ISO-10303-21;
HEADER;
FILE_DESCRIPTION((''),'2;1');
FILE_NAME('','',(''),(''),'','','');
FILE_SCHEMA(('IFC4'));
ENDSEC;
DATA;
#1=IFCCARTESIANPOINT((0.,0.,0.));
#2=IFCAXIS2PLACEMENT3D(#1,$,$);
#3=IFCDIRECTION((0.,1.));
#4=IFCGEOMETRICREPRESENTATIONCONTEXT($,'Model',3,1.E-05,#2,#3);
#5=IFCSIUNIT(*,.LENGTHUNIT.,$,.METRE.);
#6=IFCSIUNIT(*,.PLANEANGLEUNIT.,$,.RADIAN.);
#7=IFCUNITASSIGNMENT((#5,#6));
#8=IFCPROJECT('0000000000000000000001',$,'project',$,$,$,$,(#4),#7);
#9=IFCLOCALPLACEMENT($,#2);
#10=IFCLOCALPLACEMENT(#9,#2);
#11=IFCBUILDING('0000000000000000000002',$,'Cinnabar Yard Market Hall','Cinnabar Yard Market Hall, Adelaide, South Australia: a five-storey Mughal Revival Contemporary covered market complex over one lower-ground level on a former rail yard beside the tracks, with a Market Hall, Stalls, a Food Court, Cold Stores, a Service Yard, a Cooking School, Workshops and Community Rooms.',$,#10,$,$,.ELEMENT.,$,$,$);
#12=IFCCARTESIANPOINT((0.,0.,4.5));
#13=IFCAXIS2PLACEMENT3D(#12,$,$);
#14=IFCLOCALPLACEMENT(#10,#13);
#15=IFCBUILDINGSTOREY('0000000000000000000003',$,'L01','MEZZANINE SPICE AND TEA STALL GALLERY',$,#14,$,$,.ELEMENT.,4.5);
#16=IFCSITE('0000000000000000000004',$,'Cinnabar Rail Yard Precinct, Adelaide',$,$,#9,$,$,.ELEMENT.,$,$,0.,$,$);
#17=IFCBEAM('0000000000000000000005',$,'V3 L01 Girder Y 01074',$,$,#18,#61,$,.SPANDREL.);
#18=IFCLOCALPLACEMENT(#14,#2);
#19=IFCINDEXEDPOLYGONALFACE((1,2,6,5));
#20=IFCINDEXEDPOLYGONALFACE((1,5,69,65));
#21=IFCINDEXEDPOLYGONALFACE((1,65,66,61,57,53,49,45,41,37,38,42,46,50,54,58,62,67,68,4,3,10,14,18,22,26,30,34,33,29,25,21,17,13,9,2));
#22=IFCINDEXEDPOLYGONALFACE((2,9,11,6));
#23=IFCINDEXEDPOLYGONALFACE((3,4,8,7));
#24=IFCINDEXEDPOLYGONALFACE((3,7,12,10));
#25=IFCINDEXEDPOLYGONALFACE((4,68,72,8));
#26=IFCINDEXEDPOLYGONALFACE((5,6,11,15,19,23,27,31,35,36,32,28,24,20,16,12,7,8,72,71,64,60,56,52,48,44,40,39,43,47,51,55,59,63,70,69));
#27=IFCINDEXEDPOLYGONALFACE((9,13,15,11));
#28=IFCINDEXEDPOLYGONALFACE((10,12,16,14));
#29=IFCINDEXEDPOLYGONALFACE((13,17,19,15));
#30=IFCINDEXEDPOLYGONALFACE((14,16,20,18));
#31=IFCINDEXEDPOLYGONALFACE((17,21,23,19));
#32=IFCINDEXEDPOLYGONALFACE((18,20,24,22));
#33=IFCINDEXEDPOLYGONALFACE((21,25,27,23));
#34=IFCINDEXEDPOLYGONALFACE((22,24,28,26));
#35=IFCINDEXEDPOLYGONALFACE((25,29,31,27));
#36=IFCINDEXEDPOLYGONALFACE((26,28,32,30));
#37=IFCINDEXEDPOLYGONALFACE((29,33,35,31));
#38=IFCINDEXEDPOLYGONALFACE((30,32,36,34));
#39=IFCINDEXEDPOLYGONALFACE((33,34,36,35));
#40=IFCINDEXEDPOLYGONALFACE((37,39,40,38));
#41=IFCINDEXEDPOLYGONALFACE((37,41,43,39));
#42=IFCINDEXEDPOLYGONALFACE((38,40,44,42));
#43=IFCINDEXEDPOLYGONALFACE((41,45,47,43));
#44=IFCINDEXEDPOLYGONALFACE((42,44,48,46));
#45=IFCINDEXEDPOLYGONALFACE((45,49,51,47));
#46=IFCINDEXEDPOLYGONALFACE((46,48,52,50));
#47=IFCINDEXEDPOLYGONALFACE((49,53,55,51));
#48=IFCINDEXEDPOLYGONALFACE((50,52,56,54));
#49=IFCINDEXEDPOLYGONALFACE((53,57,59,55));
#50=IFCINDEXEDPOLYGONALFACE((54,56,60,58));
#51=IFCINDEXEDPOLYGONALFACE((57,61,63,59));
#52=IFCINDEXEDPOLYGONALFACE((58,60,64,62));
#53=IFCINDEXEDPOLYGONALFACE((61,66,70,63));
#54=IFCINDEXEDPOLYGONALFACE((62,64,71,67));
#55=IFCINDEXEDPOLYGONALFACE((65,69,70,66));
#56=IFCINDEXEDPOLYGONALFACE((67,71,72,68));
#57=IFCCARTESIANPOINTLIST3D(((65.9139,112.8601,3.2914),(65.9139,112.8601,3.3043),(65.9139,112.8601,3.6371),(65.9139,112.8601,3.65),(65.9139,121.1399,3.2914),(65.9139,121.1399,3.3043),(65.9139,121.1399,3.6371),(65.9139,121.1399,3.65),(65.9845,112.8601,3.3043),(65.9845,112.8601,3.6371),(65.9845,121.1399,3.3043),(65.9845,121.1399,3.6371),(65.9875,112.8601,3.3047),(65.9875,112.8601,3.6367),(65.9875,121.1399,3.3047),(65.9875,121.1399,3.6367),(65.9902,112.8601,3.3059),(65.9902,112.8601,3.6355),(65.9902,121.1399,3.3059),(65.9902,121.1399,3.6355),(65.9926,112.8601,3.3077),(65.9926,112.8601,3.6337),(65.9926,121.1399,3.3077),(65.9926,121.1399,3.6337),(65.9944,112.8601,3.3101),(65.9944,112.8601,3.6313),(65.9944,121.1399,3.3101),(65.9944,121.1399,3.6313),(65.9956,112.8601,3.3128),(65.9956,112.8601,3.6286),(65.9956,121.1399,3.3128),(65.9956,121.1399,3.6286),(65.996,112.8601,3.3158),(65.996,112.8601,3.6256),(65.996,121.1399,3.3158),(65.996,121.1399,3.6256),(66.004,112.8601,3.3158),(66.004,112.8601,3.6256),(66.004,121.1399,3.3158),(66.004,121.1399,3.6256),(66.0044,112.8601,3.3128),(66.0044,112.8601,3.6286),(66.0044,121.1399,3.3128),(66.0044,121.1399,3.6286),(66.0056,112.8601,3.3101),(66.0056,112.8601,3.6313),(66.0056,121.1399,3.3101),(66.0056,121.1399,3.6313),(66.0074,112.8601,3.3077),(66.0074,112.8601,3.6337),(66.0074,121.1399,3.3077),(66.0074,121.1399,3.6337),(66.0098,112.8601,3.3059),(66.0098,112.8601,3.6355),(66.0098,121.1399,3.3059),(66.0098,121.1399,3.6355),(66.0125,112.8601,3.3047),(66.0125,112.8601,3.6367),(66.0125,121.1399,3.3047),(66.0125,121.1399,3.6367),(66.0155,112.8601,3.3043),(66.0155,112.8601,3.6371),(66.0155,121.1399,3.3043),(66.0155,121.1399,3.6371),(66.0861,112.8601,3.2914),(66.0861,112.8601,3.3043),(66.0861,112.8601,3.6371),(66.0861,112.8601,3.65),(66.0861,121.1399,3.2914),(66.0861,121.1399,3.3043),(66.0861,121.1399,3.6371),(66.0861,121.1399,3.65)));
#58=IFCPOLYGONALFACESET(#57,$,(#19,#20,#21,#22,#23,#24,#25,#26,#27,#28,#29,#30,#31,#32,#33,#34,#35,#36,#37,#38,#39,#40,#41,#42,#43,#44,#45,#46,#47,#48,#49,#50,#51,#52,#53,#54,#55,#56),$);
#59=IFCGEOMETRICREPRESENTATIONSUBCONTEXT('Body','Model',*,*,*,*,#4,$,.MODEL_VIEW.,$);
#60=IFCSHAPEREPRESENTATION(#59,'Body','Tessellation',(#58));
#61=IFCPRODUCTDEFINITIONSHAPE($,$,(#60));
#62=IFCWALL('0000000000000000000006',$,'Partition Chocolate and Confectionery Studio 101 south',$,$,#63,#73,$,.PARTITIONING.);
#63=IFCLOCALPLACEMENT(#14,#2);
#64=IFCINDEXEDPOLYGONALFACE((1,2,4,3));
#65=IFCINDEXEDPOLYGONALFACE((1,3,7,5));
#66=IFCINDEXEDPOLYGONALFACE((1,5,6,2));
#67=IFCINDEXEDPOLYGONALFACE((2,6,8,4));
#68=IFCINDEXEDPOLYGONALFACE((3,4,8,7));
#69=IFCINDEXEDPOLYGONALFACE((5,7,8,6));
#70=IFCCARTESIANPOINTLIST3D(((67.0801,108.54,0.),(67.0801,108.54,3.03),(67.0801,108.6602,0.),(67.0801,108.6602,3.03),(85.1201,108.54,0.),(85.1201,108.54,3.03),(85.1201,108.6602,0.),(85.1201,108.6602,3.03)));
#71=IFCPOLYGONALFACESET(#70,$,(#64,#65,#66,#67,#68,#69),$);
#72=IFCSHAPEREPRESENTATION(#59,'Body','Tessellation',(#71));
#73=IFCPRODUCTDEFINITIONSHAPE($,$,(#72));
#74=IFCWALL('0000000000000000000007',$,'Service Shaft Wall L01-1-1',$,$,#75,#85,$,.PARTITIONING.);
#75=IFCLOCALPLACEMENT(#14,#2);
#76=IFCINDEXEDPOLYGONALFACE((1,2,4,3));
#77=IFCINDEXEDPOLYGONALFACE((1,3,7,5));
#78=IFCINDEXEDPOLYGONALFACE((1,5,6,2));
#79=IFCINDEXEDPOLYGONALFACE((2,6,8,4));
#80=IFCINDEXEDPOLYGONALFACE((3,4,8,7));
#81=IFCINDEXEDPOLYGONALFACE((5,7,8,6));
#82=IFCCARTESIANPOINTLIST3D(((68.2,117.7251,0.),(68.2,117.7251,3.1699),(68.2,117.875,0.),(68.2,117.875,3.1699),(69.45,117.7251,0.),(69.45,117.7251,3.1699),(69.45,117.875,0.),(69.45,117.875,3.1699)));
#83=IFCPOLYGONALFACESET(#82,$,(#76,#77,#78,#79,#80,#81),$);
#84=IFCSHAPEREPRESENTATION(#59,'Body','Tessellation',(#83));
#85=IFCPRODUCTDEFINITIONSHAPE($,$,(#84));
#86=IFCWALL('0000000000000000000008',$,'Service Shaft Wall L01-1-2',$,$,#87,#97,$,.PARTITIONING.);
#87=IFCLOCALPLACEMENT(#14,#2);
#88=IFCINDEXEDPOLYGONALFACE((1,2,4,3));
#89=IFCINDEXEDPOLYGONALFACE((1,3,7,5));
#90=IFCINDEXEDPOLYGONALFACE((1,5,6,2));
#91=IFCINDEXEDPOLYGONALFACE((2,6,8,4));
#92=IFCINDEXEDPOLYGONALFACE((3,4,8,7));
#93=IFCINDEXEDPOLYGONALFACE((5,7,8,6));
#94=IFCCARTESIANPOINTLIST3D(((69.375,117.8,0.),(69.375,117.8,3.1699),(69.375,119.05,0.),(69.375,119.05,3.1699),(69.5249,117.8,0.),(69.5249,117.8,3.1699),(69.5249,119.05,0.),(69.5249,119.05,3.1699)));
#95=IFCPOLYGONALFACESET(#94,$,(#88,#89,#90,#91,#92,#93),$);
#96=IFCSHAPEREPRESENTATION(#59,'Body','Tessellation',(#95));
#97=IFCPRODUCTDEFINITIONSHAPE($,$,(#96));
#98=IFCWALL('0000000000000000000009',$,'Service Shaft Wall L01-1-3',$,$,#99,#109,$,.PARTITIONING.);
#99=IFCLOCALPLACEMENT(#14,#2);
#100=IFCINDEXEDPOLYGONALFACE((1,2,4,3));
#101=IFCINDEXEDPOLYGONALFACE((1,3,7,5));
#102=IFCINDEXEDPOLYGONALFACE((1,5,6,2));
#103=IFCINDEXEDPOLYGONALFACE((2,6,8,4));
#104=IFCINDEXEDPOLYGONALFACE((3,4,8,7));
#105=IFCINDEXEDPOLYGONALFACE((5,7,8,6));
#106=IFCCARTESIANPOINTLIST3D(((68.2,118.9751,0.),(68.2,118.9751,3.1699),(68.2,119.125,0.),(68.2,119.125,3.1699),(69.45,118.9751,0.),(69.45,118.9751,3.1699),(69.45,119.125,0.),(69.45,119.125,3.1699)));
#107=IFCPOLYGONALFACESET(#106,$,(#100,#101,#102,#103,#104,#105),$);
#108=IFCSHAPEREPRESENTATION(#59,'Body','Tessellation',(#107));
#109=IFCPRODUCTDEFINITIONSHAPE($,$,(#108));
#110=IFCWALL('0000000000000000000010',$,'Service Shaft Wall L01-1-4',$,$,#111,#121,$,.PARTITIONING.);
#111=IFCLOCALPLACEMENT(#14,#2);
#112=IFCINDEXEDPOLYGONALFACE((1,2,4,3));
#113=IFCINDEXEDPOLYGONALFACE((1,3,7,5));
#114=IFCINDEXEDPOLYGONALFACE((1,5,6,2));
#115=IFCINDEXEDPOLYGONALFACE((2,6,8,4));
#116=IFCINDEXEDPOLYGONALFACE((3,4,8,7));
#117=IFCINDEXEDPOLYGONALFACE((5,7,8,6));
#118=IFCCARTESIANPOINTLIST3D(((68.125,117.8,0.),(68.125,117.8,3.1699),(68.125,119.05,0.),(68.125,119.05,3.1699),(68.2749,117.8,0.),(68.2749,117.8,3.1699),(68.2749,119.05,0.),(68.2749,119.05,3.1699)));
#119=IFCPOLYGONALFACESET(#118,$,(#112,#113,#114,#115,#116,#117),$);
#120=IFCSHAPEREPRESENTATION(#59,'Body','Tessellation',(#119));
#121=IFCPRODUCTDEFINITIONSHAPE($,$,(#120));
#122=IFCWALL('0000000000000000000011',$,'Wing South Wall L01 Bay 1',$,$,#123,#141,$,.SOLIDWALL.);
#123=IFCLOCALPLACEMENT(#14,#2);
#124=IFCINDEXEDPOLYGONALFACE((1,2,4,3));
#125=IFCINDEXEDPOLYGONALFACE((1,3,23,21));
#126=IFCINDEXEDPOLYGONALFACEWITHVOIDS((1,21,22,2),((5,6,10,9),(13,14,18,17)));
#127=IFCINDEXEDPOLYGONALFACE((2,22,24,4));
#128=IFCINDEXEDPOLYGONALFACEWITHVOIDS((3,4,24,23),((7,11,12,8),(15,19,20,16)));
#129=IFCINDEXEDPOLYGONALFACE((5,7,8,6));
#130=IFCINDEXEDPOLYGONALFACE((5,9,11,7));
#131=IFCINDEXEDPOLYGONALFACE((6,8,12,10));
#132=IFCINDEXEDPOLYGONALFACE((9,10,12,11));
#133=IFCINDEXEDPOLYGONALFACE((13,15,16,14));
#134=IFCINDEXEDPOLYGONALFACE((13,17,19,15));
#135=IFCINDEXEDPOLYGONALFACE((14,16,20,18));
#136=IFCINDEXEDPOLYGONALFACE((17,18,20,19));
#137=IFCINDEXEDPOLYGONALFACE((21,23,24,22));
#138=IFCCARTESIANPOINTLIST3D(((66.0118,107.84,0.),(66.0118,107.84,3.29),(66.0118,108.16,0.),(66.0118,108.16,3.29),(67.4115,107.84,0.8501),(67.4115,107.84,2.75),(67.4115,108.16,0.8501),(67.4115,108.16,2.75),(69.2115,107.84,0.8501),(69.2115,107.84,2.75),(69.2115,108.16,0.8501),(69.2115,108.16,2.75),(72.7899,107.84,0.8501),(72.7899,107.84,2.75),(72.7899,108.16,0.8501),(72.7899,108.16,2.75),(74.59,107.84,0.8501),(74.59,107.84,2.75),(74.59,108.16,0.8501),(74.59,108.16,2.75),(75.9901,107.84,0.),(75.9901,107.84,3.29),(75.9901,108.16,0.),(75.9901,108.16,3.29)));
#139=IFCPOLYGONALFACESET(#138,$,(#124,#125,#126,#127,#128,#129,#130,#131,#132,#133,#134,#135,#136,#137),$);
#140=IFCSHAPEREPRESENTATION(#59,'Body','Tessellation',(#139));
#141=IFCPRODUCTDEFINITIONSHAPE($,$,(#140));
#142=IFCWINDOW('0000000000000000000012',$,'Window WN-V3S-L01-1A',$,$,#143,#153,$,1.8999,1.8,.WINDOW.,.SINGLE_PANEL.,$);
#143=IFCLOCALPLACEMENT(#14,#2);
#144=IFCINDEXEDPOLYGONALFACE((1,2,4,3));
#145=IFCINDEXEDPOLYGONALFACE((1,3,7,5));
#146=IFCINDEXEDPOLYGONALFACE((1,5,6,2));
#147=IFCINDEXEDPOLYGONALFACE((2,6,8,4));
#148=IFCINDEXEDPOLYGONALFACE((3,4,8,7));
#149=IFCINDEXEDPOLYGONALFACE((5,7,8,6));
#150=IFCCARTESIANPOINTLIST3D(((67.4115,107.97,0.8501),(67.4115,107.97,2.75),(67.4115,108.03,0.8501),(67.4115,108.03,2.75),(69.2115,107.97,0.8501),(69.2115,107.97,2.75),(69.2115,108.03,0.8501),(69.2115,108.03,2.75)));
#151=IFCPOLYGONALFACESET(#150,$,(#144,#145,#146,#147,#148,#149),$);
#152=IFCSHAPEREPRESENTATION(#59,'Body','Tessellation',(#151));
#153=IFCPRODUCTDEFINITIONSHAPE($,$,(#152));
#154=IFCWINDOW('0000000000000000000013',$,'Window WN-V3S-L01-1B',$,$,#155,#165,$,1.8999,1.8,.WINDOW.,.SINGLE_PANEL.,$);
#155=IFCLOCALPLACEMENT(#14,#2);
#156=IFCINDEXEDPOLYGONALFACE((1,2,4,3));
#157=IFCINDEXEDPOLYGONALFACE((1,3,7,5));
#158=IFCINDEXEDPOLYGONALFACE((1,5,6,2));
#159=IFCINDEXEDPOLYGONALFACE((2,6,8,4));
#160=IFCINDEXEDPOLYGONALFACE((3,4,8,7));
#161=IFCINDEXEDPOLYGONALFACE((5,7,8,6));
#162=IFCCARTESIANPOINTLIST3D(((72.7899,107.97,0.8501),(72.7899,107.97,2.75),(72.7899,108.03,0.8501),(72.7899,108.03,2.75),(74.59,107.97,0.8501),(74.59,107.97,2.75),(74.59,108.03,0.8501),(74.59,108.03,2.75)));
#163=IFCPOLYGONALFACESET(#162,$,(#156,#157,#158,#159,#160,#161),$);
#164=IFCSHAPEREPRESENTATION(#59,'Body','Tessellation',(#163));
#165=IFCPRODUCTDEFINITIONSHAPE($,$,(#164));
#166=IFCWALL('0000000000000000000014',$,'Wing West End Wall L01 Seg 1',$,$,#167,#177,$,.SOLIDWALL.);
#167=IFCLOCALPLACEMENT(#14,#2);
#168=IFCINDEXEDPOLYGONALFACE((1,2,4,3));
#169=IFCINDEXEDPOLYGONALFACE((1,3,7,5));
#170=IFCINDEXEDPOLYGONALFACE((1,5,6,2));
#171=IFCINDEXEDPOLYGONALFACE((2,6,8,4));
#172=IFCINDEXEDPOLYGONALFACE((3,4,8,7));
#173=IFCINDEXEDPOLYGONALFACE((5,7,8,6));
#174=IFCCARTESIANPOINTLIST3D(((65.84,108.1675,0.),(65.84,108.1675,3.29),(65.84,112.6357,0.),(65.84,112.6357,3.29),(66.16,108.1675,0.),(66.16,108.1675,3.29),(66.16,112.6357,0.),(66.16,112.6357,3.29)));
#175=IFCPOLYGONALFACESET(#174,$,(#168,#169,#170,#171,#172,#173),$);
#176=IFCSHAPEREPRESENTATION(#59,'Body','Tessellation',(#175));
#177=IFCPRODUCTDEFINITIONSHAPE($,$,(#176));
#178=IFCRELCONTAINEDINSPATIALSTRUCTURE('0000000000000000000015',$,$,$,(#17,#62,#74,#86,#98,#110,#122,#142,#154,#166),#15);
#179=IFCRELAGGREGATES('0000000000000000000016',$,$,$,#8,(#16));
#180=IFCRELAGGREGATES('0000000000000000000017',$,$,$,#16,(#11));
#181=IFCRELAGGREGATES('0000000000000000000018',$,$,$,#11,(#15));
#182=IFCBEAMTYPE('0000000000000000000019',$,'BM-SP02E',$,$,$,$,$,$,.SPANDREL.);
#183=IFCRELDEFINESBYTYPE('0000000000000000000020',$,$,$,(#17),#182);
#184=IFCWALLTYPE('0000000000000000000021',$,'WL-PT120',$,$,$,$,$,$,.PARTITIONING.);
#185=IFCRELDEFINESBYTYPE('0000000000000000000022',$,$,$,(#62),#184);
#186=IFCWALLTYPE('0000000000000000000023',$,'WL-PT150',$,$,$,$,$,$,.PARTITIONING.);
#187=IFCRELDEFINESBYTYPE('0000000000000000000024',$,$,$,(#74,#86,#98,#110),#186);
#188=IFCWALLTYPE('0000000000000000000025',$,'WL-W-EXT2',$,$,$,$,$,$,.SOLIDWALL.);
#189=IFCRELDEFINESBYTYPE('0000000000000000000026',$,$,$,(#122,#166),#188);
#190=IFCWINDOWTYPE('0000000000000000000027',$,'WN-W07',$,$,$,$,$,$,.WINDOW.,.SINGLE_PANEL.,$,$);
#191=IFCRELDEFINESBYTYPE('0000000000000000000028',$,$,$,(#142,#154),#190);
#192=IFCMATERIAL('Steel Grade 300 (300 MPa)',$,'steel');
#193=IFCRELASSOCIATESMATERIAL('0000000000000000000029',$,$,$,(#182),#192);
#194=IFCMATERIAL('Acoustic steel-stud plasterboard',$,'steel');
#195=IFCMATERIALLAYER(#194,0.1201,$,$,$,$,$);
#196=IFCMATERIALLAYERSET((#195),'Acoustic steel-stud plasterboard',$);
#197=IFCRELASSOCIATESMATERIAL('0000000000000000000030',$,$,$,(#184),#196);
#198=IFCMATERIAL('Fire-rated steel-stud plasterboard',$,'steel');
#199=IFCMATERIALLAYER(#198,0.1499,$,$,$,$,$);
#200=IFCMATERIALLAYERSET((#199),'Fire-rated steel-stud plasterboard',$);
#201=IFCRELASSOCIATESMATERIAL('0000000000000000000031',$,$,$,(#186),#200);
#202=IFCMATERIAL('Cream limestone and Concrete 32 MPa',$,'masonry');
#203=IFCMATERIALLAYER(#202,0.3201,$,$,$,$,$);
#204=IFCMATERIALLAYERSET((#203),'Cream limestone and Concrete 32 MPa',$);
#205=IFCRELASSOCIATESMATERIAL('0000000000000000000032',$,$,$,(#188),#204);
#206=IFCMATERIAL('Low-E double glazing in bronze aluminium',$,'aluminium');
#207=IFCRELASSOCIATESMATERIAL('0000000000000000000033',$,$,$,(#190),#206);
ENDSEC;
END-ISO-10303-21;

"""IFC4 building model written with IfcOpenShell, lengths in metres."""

from ifc_helpers import new_model, si_unit, direction, frame, frame_2d, origin, origin_2d_with_axis, place, context, subcontext, project, spatial, rectangle, i_section, extrude, material, layer, layer_set, material_profile, profile_set, type_object, element, fill, save


model = new_model("IFC4")

# Units and contexts
model_context = context("Model", 3, precision=1e-05, world=origin(), true_north=direction((0.0, 1.0)))
body_context = subcontext(model_context, "Body", "Model", "MODEL_VIEW")
ifc_project = project(units=[si_unit("LENGTHUNIT", "METRE"), si_unit("PLANEANGLEUNIT", "RADIAN")], contexts=[model_context])

# Site, building, storey
site_placement = place(None, origin())
site = spatial("IfcSite", under=ifc_project, at=site_placement, Name="Cinnabar Rail Yard Precinct, Adelaide", CompositionType="ELEMENT", RefElevation=0.0)
building_placement = place(site_placement, origin())
building = spatial("IfcBuilding", under=site, at=building_placement, Name="Cinnabar Yard Market Hall", Description="Cinnabar Yard Market Hall, Adelaide, South Australia: a five-storey Mughal Revival Contemporary covered market complex over one lower-ground level on a former rail yard beside the tracks, with a Market Hall, Stalls, a Food Court, Cold Stores, a Service Yard, a Cooking School, Workshops and Community Rooms.", CompositionType="ELEMENT")
storey_placement = place(building_placement, frame((0.0, 0.0, 4.5)))
storey = spatial("IfcBuildingStorey", under=building, at=storey_placement, Name="L01", Description="MEZZANINE SPICE AND TEA STALL GALLERY", CompositionType="ELEMENT", Elevation=4.5)

# Beam
ifc_material_1 = material(Name="Steel Grade 300 (300 MPa)", Category="steel")
ifc_material_profile_1 = material_profile(ifc_material_1, i_section(OverallWidth=0.1721, OverallDepth=0.3586, WebThickness=0.0081, FlangeThickness=0.0129, FilletRadius=0.0115, at=origin_2d_with_axis()), Name="360UB56.7")
ifc_profile_set_1 = profile_set([ifc_material_profile_1], Name="Steel Grade 300 (300 MPa)")
beam_type_1 = type_object("IfcBeamType", Name="BM-SP02E", PredefinedType="SPANDREL", material=ifc_profile_set_1)
beam_1_placement = place(storey_placement, frame((66.0, 112.8601, 3.4707), z_axis=(0.0, 1.0, 0.0), x_axis=(-1.0, 0.0, 0.0)))
element("IfcBeam", 1, at=beam_1_placement, inside=storey, type_object=beam_type_1, Name="V3 L01 Girder Y 01074", PredefinedType="SPANDREL", context=body_context, shape_type="SweptSolid", body=[
    extrude(i_section(OverallWidth=0.1721, OverallDepth=0.3586, WebThickness=0.0081, FlangeThickness=0.0129, FilletRadius=0.0115, at=origin_2d_with_axis()), origin(), (0.0, 0.0, 1.0), 8.2798),
])

# Walls
ifc_material_2 = material(Name="Acoustic steel-stud plasterboard", Category="steel")
ifc_layer_1 = layer(ifc_material_2, 0.1201)
ifc_layer_set_1 = layer_set([ifc_layer_1], Name="Acoustic steel-stud plasterboard")
wall_type_1 = type_object("IfcWallType", Name="WL-PT120", PredefinedType="PARTITIONING", material=ifc_layer_set_1)
wall_1_placement = place(storey_placement, frame((67.0801, 108.6001, 0.0), z_axis=(0.0, 0.0, 1.0), x_axis=(1.0, 0.0, 0.0)))
element("IfcWall", 2, at=wall_1_placement, inside=storey, type_object=wall_type_1, Name="Partition Chocolate and Confectionery Studio 101 south", PredefinedType="PARTITIONING", context=body_context, shape_type="SweptSolid", body=[
    extrude(rectangle(XDim=18.04, YDim=0.1201, at=frame_2d((9.02, 0.0), x_axis=(1.0, 0.0))), origin(), (0.0, 0.0, 1.0), 3.03),
])
ifc_material_3 = material(Name="Fire-rated steel-stud plasterboard", Category="steel")
ifc_layer_2 = layer(ifc_material_3, 0.1499)
ifc_layer_set_2 = layer_set([ifc_layer_2], Name="Fire-rated steel-stud plasterboard")
wall_type_2 = type_object("IfcWallType", Name="WL-PT150", PredefinedType="PARTITIONING", material=ifc_layer_set_2)
for number, where, z_axis, x_axis, name in (
    (3, (68.2, 117.8, 0.0), (0.0, 0.0, 1.0), (1.0, 0.0, 0.0), "Service Shaft Wall L01-1-1"),
    (4, (69.45, 117.8, 0.0), (0.0, 0.0, 1.0), (0.0, 1.0, 0.0), "Service Shaft Wall L01-1-2"),
    (5, (69.45, 119.05, 0.0), (0.0, 0.0, 1.0), (-1.0, 0.0, 0.0), "Service Shaft Wall L01-1-3"),
    (6, (68.2, 119.05, 0.0), (0.0, 0.0, 1.0), (0.0, -1.0, 0.0), "Service Shaft Wall L01-1-4"),
):
    element("IfcWall", number, at=place(storey_placement, frame(where, z_axis=z_axis, x_axis=x_axis)), inside=storey, type_object=wall_type_2, Name=name, PredefinedType="PARTITIONING", context=body_context, shape_type="SweptSolid", body=[
        extrude(rectangle(XDim=1.25, YDim=0.1499, at=frame_2d((0.625, 0.0), x_axis=(1.0, 0.0))), origin(), (0.0, 0.0, 1.0), 3.1699),
    ])

# Wall, openings, windows
ifc_material_4 = material(Name="Cream limestone and Concrete 32 MPa", Category="masonry")
ifc_layer_3 = layer(ifc_material_4, 0.3201)
ifc_layer_set_3 = layer_set([ifc_layer_3], Name="Cream limestone and Concrete 32 MPa")
wall_type_3 = type_object("IfcWallType", Name="WL-W-EXT2", PredefinedType="SOLIDWALL", material=ifc_layer_set_3)
wall_2_placement = place(storey_placement, frame((66.0117, 108.0, 0.0), z_axis=(0.0, 0.0, 1.0), x_axis=(1.0, 0.0, 0.0)))
wall_2 = element("IfcWall", 7, at=wall_2_placement, inside=storey, type_object=wall_type_3, Name="Wing South Wall L01 Bay 1", PredefinedType="SOLIDWALL", context=body_context, shape_type="SweptSolid", body=[
    extrude(rectangle(XDim=9.9783, YDim=0.3201, at=frame_2d((4.9893, 0.0), x_axis=(1.0, 0.0))), origin(), (0.0, 0.0, 1.0), 3.29),
])
opening_1_placement = place(wall_2_placement, frame((1.3999, 0.0, 0.8501)))
opening_1 = element("IfcOpeningElement", 8, at=opening_1_placement, cuts=wall_2, PredefinedType="OPENING", context=body_context, shape_type="SweptSolid", body=[
    extrude(rectangle(XDim=1.8, YDim=1.8999, at=frame_2d((0.8999, 0.95), x_axis=(1.0, 0.0))), frame((0.0, 0.1699, 0.0), z_axis=(0.0, -1.0, 0.0), x_axis=(1.0, 0.0, 0.0)), (0.0, 0.0, 1.0), 0.3401),
])
opening_2_placement = place(wall_2_placement, frame((6.7783, 0.0, 0.8501)))
opening_2 = element("IfcOpeningElement", 9, at=opening_2_placement, cuts=wall_2, PredefinedType="OPENING", context=body_context, shape_type="SweptSolid", body=[
    extrude(rectangle(XDim=1.8, YDim=1.8999, at=frame_2d((0.8999, 0.95), x_axis=(1.0, 0.0))), frame((0.0, 0.1699, 0.0), z_axis=(0.0, -1.0, 0.0), x_axis=(1.0, 0.0, 0.0)), (0.0, 0.0, 1.0), 0.3401),
])
ifc_material_5 = material(Name="Low-E double glazing in bronze aluminium", Category="aluminium")
window_type_1 = type_object("IfcWindowType", Name="WN-W07", PartitioningType="SINGLE_PANEL", PredefinedType="WINDOW", material=ifc_material_5)
window_1_placement = place(opening_1_placement, origin())
window_1 = element("IfcWindow", 10, at=window_1_placement, inside=storey, type_object=window_type_1, Name="Window WN-V3S-L01-1A", OverallHeight=1.8999, OverallWidth=1.8, PartitioningType="SINGLE_PANEL", PredefinedType="WINDOW", context=body_context, shape_type="SweptSolid", body=[
    extrude(rectangle(XDim=1.8, YDim=1.8999, at=frame_2d((0.8999, 0.95), x_axis=(1.0, 0.0))), frame((0.0, 0.03, 0.0), z_axis=(0.0, -1.0, 0.0), x_axis=(1.0, 0.0, 0.0)), (0.0, 0.0, 1.0), 0.0601),
])
fill(opening_1, window_1)
window_2_placement = place(opening_2_placement, origin())
window_2 = element("IfcWindow", 11, at=window_2_placement, inside=storey, type_object=window_type_1, Name="Window WN-V3S-L01-1B", OverallHeight=1.8999, OverallWidth=1.8, PartitioningType="SINGLE_PANEL", PredefinedType="WINDOW", context=body_context, shape_type="SweptSolid", body=[
    extrude(rectangle(XDim=1.8, YDim=1.8999, at=frame_2d((0.8999, 0.95), x_axis=(1.0, 0.0))), frame((0.0, 0.03, 0.0), z_axis=(0.0, -1.0, 0.0), x_axis=(1.0, 0.0, 0.0)), (0.0, 0.0, 1.0), 0.0601),
])
fill(opening_2, window_2)

# Wall
wall_3_placement = place(storey_placement, frame((66.0, 112.6357, 0.0), z_axis=(0.0, 0.0, 1.0), x_axis=(0.0, -1.0, 0.0)))
element("IfcWall", 12, at=wall_3_placement, inside=storey, type_object=wall_type_3, Name="Wing West End Wall L01 Seg 1", PredefinedType="SOLIDWALL", context=body_context, shape_type="SweptSolid", body=[
    extrude(rectangle(XDim=4.4683, YDim=0.3201, at=frame_2d((2.2341, 0.0), x_axis=(1.0, 0.0))), origin(), (0.0, 0.0, 1.0), 3.29),
])

save(model, "model.ifc")
